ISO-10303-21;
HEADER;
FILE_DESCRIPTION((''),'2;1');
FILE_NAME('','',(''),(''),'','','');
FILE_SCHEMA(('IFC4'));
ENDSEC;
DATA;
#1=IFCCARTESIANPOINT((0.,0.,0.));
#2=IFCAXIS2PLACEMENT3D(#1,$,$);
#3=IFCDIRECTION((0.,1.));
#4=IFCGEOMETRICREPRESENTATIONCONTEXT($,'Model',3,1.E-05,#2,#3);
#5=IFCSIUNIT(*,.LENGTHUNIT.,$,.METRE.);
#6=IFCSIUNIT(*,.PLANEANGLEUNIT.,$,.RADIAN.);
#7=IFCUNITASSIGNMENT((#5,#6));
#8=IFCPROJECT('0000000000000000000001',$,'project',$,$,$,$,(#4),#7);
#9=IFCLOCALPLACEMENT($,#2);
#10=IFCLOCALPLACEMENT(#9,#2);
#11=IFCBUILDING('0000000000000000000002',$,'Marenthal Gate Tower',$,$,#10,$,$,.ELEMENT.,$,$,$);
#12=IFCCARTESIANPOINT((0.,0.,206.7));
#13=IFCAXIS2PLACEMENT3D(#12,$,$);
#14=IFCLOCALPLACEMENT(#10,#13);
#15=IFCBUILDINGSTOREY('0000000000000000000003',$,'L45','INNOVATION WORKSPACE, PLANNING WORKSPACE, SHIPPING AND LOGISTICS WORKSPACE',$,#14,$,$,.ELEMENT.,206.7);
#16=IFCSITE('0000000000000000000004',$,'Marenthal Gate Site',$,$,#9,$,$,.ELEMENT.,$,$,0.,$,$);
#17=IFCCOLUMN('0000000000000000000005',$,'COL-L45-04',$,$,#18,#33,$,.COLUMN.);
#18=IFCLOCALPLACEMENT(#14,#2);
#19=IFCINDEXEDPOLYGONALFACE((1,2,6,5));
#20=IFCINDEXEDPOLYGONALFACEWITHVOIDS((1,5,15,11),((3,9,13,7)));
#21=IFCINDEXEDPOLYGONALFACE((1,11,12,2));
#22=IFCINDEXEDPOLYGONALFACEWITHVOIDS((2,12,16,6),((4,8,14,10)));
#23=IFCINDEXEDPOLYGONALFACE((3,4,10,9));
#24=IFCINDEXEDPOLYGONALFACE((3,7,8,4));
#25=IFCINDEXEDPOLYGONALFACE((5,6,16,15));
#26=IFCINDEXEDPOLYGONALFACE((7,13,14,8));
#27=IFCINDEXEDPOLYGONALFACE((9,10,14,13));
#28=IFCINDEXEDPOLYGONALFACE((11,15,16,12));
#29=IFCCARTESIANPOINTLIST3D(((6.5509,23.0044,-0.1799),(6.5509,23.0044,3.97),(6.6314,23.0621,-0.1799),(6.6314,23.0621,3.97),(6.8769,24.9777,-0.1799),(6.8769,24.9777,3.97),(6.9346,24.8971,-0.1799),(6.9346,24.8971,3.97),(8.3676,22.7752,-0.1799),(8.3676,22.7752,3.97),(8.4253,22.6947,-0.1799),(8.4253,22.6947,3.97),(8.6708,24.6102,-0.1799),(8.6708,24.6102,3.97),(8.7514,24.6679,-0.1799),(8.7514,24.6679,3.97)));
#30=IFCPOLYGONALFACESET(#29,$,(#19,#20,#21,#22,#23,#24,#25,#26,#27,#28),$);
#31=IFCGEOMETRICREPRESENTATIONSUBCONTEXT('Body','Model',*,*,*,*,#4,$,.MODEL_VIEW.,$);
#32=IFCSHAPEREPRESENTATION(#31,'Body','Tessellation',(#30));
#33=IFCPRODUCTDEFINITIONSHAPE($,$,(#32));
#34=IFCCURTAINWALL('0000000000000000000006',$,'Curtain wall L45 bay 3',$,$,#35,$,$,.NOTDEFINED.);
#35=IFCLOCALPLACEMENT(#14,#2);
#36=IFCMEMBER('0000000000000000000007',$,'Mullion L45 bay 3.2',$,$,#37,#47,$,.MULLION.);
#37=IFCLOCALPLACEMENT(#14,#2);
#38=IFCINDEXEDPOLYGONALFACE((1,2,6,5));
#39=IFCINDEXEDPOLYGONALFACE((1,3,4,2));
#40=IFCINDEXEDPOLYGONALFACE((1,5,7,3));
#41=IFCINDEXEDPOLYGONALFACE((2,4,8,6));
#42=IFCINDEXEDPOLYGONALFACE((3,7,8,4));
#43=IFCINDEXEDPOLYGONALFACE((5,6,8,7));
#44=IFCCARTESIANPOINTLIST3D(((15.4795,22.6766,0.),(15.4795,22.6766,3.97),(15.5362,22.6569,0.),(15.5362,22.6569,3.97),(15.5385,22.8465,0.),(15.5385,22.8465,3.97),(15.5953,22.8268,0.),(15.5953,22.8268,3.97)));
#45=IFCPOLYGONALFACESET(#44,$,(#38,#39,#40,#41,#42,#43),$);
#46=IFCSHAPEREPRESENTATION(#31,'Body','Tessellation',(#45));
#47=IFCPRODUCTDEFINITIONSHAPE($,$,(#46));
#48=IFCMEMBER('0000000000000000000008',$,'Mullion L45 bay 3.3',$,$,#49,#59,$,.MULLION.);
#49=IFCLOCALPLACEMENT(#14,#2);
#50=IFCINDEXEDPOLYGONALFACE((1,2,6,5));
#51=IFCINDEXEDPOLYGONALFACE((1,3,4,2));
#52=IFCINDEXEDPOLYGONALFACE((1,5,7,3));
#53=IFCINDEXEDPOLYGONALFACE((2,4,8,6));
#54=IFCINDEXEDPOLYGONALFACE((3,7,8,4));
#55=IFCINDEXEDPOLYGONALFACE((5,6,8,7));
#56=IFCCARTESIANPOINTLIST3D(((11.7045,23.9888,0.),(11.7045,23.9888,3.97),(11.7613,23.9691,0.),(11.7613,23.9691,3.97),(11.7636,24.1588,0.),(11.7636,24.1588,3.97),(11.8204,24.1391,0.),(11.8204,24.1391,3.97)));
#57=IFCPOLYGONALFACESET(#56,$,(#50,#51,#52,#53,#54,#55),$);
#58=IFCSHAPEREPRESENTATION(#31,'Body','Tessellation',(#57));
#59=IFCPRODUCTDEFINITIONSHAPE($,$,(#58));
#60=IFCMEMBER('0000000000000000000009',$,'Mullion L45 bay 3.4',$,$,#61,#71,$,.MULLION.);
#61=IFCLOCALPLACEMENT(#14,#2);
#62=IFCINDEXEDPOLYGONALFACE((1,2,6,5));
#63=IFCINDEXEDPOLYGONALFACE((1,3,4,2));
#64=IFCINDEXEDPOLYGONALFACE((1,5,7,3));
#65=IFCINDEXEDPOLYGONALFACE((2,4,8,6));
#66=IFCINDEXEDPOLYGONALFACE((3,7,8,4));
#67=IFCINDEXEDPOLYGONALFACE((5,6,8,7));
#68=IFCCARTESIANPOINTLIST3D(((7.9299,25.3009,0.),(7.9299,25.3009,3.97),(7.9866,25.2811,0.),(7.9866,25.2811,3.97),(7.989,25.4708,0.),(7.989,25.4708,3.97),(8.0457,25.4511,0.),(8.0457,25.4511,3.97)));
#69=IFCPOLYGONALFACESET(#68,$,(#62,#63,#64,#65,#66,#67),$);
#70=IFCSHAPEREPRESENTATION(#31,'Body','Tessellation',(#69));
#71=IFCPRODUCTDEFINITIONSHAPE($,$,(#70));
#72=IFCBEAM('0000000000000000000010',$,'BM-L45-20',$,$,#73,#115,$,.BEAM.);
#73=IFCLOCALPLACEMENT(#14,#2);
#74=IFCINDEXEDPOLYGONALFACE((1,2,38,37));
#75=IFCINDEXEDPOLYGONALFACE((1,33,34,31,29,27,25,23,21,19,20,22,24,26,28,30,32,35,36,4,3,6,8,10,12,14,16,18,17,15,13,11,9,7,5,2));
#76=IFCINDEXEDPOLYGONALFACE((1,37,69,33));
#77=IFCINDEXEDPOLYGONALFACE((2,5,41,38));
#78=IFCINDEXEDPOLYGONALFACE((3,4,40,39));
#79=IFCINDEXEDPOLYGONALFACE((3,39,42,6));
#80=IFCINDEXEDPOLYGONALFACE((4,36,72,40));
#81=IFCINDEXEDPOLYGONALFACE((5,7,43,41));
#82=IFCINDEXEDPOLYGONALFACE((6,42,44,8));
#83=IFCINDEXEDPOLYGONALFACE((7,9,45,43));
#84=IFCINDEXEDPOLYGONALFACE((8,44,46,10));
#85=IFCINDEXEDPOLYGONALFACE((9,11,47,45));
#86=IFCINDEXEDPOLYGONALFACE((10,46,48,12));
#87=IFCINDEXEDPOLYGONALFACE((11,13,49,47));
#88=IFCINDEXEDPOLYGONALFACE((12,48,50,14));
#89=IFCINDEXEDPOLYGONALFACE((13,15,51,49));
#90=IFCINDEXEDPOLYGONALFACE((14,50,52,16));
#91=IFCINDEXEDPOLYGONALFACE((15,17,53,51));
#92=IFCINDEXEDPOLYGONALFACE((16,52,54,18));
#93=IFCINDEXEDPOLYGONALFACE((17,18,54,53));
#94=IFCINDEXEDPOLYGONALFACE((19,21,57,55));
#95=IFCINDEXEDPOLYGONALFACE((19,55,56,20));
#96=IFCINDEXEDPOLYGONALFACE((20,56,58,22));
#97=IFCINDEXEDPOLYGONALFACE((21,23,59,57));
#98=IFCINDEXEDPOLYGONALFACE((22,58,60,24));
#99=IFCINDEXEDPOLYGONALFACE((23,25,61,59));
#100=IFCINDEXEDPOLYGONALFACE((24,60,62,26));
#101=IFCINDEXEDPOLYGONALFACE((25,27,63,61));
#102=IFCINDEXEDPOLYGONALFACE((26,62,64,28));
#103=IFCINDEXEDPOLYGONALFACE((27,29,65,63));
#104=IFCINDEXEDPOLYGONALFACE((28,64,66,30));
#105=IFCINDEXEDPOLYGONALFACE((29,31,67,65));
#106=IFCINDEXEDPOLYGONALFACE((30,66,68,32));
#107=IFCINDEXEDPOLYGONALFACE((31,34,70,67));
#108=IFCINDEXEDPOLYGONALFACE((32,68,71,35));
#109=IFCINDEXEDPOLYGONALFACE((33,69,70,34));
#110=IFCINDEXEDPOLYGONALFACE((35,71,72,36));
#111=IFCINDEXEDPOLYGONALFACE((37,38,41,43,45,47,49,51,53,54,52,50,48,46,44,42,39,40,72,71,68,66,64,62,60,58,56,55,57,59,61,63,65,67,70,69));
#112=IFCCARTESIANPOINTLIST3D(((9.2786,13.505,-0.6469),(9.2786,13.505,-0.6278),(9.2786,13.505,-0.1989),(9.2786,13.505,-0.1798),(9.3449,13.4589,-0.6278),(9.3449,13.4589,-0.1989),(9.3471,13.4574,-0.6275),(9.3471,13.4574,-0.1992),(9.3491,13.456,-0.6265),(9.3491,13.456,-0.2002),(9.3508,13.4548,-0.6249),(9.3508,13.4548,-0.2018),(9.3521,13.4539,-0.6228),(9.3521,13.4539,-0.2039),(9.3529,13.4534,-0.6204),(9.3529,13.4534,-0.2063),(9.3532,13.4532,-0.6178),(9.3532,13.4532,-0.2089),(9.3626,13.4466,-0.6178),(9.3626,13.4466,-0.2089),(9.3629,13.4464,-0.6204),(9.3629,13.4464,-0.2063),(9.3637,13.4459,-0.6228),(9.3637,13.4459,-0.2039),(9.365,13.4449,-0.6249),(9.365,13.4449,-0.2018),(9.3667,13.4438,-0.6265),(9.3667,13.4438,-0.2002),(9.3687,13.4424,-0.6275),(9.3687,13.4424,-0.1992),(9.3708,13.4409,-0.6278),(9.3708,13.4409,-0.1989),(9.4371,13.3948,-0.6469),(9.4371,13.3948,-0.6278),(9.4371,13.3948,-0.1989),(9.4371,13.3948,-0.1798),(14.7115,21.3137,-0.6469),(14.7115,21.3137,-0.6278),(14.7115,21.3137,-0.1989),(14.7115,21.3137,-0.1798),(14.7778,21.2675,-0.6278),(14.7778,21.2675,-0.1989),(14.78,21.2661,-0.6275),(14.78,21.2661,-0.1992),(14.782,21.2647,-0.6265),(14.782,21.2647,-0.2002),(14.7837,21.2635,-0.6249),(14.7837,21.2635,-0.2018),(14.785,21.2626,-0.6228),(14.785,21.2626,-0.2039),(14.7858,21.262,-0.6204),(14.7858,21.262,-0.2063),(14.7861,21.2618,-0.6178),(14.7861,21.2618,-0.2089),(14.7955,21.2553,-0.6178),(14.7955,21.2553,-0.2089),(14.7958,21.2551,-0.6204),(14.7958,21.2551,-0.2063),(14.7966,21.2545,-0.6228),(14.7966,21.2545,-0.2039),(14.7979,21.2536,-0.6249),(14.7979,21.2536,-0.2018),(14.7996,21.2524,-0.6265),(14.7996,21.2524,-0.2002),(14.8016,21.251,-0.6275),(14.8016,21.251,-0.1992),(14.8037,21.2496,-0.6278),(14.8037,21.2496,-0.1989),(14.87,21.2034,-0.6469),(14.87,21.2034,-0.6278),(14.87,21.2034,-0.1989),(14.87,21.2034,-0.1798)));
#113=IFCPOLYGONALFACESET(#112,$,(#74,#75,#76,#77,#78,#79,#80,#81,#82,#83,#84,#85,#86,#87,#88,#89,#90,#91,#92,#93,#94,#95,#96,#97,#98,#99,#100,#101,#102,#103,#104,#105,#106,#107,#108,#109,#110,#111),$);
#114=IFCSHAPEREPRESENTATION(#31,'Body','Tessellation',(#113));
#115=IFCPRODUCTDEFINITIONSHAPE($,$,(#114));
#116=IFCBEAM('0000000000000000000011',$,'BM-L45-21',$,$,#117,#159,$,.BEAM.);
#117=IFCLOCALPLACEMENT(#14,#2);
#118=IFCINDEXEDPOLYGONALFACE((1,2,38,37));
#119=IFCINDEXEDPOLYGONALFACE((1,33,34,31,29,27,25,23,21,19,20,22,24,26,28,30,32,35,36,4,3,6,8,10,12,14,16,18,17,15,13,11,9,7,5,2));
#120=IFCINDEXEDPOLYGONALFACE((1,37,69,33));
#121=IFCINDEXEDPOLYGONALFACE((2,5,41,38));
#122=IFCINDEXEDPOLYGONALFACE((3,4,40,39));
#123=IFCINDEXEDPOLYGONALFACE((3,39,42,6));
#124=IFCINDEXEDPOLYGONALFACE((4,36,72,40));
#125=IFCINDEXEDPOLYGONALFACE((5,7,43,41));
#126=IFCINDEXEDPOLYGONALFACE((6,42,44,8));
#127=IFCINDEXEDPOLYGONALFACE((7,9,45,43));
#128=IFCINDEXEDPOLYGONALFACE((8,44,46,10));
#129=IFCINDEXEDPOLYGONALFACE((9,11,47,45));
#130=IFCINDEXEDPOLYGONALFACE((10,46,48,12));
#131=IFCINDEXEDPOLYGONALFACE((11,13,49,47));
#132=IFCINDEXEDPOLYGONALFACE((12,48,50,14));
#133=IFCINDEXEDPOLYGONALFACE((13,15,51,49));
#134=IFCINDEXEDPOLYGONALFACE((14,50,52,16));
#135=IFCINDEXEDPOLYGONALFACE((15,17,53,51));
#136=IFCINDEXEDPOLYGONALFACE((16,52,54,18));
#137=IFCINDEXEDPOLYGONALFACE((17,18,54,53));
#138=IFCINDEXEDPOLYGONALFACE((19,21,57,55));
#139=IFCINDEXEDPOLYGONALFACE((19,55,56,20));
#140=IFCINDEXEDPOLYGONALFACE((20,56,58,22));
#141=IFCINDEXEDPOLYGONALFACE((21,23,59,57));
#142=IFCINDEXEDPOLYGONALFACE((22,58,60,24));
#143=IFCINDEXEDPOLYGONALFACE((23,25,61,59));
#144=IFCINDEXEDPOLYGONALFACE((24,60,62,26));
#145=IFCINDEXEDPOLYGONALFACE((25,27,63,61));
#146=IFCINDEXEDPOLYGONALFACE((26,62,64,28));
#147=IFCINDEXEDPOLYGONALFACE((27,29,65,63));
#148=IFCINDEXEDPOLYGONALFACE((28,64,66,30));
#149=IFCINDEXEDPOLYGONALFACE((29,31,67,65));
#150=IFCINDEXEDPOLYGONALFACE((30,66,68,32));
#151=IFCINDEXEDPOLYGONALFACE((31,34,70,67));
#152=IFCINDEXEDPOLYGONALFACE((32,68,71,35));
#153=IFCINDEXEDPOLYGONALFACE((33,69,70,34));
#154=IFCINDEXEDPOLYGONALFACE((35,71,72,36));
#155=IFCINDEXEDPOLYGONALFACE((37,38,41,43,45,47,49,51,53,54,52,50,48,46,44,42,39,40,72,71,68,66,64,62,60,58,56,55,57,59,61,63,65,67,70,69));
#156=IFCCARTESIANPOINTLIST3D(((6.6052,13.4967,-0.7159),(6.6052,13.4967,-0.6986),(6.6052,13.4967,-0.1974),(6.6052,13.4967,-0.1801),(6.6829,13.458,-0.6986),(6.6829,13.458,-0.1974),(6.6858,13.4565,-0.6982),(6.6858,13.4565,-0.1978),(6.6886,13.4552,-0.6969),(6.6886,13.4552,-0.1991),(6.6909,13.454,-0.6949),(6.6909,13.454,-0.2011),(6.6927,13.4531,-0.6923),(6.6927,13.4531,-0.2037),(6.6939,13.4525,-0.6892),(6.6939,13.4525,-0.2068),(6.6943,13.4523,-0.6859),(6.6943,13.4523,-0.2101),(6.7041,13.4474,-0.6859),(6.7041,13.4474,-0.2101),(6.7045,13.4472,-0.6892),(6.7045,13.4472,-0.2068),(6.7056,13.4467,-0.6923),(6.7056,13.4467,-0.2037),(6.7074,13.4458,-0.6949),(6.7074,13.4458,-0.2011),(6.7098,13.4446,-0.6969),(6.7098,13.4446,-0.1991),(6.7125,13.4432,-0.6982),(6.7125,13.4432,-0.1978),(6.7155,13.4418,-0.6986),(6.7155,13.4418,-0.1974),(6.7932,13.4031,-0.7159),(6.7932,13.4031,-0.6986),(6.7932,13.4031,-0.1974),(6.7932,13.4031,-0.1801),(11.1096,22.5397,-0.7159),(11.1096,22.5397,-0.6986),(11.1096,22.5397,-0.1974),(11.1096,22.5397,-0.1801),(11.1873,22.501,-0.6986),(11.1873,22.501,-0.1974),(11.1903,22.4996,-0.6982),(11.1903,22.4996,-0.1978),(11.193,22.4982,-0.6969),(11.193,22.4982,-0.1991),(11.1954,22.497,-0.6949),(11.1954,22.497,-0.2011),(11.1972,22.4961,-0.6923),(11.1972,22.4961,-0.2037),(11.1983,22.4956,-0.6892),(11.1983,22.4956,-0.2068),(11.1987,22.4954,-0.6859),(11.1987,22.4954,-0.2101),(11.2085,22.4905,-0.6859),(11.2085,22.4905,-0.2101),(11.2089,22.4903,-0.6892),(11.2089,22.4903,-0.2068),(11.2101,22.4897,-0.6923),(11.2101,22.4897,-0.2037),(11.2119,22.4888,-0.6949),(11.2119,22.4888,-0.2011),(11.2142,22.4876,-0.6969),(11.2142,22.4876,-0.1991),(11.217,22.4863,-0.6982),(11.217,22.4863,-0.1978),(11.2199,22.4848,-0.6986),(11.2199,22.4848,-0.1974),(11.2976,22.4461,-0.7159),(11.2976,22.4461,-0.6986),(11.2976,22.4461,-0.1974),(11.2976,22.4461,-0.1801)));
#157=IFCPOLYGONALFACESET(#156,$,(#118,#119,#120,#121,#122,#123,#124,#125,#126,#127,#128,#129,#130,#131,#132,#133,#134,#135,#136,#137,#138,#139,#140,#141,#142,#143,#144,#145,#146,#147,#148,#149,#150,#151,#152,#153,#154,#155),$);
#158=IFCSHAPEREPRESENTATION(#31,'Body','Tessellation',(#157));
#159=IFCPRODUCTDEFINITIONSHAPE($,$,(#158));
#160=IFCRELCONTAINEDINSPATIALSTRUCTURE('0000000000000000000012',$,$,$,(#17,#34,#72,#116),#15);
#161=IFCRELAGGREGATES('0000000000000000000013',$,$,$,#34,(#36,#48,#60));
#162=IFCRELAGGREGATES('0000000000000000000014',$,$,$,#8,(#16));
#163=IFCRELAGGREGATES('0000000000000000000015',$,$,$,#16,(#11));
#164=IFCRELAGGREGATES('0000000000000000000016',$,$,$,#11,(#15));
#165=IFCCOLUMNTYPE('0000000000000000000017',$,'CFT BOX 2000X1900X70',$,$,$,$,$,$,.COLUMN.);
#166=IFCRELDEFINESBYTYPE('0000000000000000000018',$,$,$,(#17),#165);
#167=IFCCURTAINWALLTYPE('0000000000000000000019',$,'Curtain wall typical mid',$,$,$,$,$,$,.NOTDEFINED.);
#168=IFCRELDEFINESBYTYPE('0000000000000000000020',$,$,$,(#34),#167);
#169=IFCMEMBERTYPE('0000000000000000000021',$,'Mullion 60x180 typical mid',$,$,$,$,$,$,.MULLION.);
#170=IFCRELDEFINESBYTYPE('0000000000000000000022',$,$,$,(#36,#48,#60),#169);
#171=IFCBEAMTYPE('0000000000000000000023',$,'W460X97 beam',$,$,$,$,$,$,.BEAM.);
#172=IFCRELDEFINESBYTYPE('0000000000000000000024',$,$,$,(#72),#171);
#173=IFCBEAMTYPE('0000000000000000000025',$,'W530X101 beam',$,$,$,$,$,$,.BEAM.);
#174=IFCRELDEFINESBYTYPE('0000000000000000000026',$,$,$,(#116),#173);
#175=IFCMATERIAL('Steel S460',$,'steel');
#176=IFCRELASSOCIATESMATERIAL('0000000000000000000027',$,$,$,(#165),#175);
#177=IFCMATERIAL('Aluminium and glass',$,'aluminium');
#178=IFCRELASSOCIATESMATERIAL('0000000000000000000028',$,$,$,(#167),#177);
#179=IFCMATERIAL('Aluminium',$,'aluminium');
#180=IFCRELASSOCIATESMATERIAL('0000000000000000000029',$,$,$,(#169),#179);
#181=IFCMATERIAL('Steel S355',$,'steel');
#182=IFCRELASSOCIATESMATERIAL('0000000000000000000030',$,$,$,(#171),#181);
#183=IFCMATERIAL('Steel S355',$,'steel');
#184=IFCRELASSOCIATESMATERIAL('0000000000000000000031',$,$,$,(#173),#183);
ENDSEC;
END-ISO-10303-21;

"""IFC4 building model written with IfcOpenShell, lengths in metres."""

from ifc_helpers import new_model, si_unit, direction, frame, origin, origin_2d, place, context, subcontext, project, spatial, rectangle, hollow_rectangle, i_section, extrude, material, material_profile, profile_set, type_object, element, aggregate, save


model = new_model("IFC4")

# Units and contexts
model_context = context("Model", 3, precision=1e-05, world=origin(), true_north=direction((0.0, 1.0)))
body_context = subcontext(model_context, "Body", "Model", "MODEL_VIEW")
ifc_project = project(units=[si_unit("LENGTHUNIT", "METRE"), si_unit("PLANEANGLEUNIT", "RADIAN")], contexts=[model_context])

# Site, building, storey
site_placement = place(None, origin())
site = spatial("IfcSite", under=ifc_project, at=site_placement, Name="Marenthal Gate Site", CompositionType="ELEMENT", RefElevation=0.0)
building_placement = place(site_placement, origin())
building = spatial("IfcBuilding", under=site, at=building_placement, Name="Marenthal Gate Tower", CompositionType="ELEMENT")
storey_placement = place(building_placement, frame((0.0, 0.0, 206.7)))
storey = spatial("IfcBuildingStorey", under=building, at=storey_placement, Name="L45", Description="INNOVATION WORKSPACE, PLANNING WORKSPACE, SHIPPING AND LOGISTICS WORKSPACE", CompositionType="ELEMENT", Elevation=206.7)

# Column
ifc_material_1 = material(Name="Steel S460", Category="steel")
ifc_material_profile_1 = material_profile(ifc_material_1, hollow_rectangle(XDim=1.8999, YDim=2.0, WallThickness=0.0701, at=origin_2d()), Name="CFT BOX 2000X1900X70")
ifc_material_2 = material(Name="Concrete 70 MPa", Category="concrete")
ifc_material_profile_2 = material_profile(ifc_material_2, rectangle(XDim=1.76, YDim=1.8601, at=origin_2d()), Name="CFT BOX 2000X1900X70 INFILL")
ifc_profile_set_1 = profile_set([ifc_material_profile_1, ifc_material_profile_2], Name="Steel S460 shell, Concrete 70 MPa infill")
column_type = type_object("IfcColumnType", Name="CFT BOX 2000X1900X70", PredefinedType="COLUMN", material=ifc_profile_set_1)
column_placement = place(storey_placement, frame((7.6511, 23.8362, -0.1799), z_axis=(0.0, 0.0, 1.0), x_axis=(0.986621, -0.16303, 0.0)))
element("IfcColumn", 1, at=column_placement, inside=storey, type_object=column_type, Name="COL-L45-04", PredefinedType="COLUMN", context=body_context, shape_type="SweptSolid", body=[
    extrude(hollow_rectangle(XDim=1.8999, YDim=2.0, WallThickness=0.0701, at=origin_2d()), origin(), (0.0, 0.0, 1.0), 4.1499),
])

# Curtain wall, members
ifc_material_3 = material(Name="Aluminium and glass", Category="aluminium")
curtain_wall_type = type_object("IfcCurtainWallType", Name="Curtain wall typical mid", PredefinedType="NOTDEFINED", material=ifc_material_3)
curtain_wall_placement = place(storey_placement, origin())
curtain_wall = element("IfcCurtainWall", 2, at=curtain_wall_placement, inside=storey, type_object=curtain_wall_type, Name="Curtain wall L45 bay 3", PredefinedType="NOTDEFINED")
ifc_material_4 = material(Name="Aluminium", Category="aluminium")
ifc_material_profile_3 = material_profile(ifc_material_4, rectangle(XDim=0.1799, YDim=0.0601, at=origin_2d()), Name="60x180 aluminium mullion")
ifc_profile_set_2 = profile_set([ifc_material_profile_3], Name="Aluminium")
member_type = type_object("IfcMemberType", Name="Mullion 60x180 typical mid", PredefinedType="MULLION", material=ifc_profile_set_2)
member_1_placement = place(storey_placement, frame((15.5374, 22.7517, 0.0), z_axis=(0.0, 0.0, 1.0), x_axis=(-0.328332, -0.944562, 0.0)))
member_1 = element("IfcMember", 3, at=member_1_placement, type_object=member_type, Name="Mullion L45 bay 3.2", PredefinedType="MULLION", context=body_context, shape_type="SweptSolid", body=[
    extrude(rectangle(XDim=0.1799, YDim=0.0601, at=origin_2d()), origin(), (0.0, 0.0, 1.0), 3.97),
])
member_2_placement = place(storey_placement, frame((11.7625, 24.064, 0.0), z_axis=(0.0, 0.0, 1.0), x_axis=(-0.328332, -0.944562, 0.0)))
member_2 = element("IfcMember", 4, at=member_2_placement, type_object=member_type, Name="Mullion L45 bay 3.3", PredefinedType="MULLION", context=body_context, shape_type="SweptSolid", body=[
    extrude(rectangle(XDim=0.1799, YDim=0.0601, at=origin_2d()), origin(), (0.0, 0.0, 1.0), 3.97),
])
member_3_placement = place(storey_placement, frame((7.9878, 25.376, 0.0), z_axis=(0.0, 0.0, 1.0), x_axis=(-0.328332, -0.944562, 0.0)))
member_3 = element("IfcMember", 5, at=member_3_placement, type_object=member_type, Name="Mullion L45 bay 3.4", PredefinedType="MULLION", context=body_context, shape_type="SweptSolid", body=[
    extrude(rectangle(XDim=0.1799, YDim=0.0601, at=origin_2d()), origin(), (0.0, 0.0, 1.0), 3.97),
])

# Beams
ifc_material_5 = material(Name="Steel S355", Category="steel")
ifc_material_profile_4 = material_profile(ifc_material_5, i_section(OverallWidth=0.1931, OverallDepth=0.467, WebThickness=0.0115, FlangeThickness=0.019, FilletRadius=0.01, at=origin_2d()), Name="W460X97")
ifc_profile_set_3 = profile_set([ifc_material_profile_4], Name="Steel S355")
beam_type_1 = type_object("IfcBeamType", Name="W460X97 beam", PredefinedType="BEAM", material=ifc_profile_set_3)
beam_1_placement = place(storey_placement, frame((14.7908, 21.2585, -0.4133), z_axis=(-0.571121, -0.820866, 0.0), x_axis=(0.820866, -0.571121, 0.0)))
element("IfcBeam", 6, at=beam_1_placement, inside=storey, type_object=beam_type_1, Name="BM-L45-20", PredefinedType="BEAM", context=body_context, shape_type="SweptSolid", body=[
    extrude(i_section(OverallWidth=0.1931, OverallDepth=0.467, WebThickness=0.0115, FlangeThickness=0.019, FilletRadius=0.01, at=origin_2d()), origin(), (0.0, 0.0, 1.0), 9.5127),
])
ifc_material_6 = material(Name="Steel S355", Category="steel")
ifc_material_profile_5 = material_profile(ifc_material_6, i_section(OverallWidth=0.21, OverallDepth=0.5359, WebThickness=0.011, FlangeThickness=0.0173, FilletRadius=0.0127, at=origin_2d()), Name="W530X101")
ifc_profile_set_4 = profile_set([ifc_material_profile_5], Name="Steel S355")
beam_type_2 = type_object("IfcBeamType", Name="W530X101 beam", PredefinedType="BEAM", material=ifc_profile_set_4)
beam_2_placement = place(storey_placement, frame((11.2036, 22.4929, -0.448), z_axis=(-0.44586, -0.895103, 0.0), x_axis=(0.895103, -0.44586, 0.0)))
element("IfcBeam", 7, at=beam_2_placement, inside=storey, type_object=beam_type_2, Name="BM-L45-21", PredefinedType="BEAM", context=body_context, shape_type="SweptSolid", body=[
    extrude(i_section(OverallWidth=0.21, OverallDepth=0.5359, WebThickness=0.011, FlangeThickness=0.0173, FilletRadius=0.0127, at=origin_2d()), origin(), (0.0, 0.0, 1.0), 10.1028),
])

aggregate(curtain_wall, [member_1, member_2, member_3])

save(model, "model.ifc")
